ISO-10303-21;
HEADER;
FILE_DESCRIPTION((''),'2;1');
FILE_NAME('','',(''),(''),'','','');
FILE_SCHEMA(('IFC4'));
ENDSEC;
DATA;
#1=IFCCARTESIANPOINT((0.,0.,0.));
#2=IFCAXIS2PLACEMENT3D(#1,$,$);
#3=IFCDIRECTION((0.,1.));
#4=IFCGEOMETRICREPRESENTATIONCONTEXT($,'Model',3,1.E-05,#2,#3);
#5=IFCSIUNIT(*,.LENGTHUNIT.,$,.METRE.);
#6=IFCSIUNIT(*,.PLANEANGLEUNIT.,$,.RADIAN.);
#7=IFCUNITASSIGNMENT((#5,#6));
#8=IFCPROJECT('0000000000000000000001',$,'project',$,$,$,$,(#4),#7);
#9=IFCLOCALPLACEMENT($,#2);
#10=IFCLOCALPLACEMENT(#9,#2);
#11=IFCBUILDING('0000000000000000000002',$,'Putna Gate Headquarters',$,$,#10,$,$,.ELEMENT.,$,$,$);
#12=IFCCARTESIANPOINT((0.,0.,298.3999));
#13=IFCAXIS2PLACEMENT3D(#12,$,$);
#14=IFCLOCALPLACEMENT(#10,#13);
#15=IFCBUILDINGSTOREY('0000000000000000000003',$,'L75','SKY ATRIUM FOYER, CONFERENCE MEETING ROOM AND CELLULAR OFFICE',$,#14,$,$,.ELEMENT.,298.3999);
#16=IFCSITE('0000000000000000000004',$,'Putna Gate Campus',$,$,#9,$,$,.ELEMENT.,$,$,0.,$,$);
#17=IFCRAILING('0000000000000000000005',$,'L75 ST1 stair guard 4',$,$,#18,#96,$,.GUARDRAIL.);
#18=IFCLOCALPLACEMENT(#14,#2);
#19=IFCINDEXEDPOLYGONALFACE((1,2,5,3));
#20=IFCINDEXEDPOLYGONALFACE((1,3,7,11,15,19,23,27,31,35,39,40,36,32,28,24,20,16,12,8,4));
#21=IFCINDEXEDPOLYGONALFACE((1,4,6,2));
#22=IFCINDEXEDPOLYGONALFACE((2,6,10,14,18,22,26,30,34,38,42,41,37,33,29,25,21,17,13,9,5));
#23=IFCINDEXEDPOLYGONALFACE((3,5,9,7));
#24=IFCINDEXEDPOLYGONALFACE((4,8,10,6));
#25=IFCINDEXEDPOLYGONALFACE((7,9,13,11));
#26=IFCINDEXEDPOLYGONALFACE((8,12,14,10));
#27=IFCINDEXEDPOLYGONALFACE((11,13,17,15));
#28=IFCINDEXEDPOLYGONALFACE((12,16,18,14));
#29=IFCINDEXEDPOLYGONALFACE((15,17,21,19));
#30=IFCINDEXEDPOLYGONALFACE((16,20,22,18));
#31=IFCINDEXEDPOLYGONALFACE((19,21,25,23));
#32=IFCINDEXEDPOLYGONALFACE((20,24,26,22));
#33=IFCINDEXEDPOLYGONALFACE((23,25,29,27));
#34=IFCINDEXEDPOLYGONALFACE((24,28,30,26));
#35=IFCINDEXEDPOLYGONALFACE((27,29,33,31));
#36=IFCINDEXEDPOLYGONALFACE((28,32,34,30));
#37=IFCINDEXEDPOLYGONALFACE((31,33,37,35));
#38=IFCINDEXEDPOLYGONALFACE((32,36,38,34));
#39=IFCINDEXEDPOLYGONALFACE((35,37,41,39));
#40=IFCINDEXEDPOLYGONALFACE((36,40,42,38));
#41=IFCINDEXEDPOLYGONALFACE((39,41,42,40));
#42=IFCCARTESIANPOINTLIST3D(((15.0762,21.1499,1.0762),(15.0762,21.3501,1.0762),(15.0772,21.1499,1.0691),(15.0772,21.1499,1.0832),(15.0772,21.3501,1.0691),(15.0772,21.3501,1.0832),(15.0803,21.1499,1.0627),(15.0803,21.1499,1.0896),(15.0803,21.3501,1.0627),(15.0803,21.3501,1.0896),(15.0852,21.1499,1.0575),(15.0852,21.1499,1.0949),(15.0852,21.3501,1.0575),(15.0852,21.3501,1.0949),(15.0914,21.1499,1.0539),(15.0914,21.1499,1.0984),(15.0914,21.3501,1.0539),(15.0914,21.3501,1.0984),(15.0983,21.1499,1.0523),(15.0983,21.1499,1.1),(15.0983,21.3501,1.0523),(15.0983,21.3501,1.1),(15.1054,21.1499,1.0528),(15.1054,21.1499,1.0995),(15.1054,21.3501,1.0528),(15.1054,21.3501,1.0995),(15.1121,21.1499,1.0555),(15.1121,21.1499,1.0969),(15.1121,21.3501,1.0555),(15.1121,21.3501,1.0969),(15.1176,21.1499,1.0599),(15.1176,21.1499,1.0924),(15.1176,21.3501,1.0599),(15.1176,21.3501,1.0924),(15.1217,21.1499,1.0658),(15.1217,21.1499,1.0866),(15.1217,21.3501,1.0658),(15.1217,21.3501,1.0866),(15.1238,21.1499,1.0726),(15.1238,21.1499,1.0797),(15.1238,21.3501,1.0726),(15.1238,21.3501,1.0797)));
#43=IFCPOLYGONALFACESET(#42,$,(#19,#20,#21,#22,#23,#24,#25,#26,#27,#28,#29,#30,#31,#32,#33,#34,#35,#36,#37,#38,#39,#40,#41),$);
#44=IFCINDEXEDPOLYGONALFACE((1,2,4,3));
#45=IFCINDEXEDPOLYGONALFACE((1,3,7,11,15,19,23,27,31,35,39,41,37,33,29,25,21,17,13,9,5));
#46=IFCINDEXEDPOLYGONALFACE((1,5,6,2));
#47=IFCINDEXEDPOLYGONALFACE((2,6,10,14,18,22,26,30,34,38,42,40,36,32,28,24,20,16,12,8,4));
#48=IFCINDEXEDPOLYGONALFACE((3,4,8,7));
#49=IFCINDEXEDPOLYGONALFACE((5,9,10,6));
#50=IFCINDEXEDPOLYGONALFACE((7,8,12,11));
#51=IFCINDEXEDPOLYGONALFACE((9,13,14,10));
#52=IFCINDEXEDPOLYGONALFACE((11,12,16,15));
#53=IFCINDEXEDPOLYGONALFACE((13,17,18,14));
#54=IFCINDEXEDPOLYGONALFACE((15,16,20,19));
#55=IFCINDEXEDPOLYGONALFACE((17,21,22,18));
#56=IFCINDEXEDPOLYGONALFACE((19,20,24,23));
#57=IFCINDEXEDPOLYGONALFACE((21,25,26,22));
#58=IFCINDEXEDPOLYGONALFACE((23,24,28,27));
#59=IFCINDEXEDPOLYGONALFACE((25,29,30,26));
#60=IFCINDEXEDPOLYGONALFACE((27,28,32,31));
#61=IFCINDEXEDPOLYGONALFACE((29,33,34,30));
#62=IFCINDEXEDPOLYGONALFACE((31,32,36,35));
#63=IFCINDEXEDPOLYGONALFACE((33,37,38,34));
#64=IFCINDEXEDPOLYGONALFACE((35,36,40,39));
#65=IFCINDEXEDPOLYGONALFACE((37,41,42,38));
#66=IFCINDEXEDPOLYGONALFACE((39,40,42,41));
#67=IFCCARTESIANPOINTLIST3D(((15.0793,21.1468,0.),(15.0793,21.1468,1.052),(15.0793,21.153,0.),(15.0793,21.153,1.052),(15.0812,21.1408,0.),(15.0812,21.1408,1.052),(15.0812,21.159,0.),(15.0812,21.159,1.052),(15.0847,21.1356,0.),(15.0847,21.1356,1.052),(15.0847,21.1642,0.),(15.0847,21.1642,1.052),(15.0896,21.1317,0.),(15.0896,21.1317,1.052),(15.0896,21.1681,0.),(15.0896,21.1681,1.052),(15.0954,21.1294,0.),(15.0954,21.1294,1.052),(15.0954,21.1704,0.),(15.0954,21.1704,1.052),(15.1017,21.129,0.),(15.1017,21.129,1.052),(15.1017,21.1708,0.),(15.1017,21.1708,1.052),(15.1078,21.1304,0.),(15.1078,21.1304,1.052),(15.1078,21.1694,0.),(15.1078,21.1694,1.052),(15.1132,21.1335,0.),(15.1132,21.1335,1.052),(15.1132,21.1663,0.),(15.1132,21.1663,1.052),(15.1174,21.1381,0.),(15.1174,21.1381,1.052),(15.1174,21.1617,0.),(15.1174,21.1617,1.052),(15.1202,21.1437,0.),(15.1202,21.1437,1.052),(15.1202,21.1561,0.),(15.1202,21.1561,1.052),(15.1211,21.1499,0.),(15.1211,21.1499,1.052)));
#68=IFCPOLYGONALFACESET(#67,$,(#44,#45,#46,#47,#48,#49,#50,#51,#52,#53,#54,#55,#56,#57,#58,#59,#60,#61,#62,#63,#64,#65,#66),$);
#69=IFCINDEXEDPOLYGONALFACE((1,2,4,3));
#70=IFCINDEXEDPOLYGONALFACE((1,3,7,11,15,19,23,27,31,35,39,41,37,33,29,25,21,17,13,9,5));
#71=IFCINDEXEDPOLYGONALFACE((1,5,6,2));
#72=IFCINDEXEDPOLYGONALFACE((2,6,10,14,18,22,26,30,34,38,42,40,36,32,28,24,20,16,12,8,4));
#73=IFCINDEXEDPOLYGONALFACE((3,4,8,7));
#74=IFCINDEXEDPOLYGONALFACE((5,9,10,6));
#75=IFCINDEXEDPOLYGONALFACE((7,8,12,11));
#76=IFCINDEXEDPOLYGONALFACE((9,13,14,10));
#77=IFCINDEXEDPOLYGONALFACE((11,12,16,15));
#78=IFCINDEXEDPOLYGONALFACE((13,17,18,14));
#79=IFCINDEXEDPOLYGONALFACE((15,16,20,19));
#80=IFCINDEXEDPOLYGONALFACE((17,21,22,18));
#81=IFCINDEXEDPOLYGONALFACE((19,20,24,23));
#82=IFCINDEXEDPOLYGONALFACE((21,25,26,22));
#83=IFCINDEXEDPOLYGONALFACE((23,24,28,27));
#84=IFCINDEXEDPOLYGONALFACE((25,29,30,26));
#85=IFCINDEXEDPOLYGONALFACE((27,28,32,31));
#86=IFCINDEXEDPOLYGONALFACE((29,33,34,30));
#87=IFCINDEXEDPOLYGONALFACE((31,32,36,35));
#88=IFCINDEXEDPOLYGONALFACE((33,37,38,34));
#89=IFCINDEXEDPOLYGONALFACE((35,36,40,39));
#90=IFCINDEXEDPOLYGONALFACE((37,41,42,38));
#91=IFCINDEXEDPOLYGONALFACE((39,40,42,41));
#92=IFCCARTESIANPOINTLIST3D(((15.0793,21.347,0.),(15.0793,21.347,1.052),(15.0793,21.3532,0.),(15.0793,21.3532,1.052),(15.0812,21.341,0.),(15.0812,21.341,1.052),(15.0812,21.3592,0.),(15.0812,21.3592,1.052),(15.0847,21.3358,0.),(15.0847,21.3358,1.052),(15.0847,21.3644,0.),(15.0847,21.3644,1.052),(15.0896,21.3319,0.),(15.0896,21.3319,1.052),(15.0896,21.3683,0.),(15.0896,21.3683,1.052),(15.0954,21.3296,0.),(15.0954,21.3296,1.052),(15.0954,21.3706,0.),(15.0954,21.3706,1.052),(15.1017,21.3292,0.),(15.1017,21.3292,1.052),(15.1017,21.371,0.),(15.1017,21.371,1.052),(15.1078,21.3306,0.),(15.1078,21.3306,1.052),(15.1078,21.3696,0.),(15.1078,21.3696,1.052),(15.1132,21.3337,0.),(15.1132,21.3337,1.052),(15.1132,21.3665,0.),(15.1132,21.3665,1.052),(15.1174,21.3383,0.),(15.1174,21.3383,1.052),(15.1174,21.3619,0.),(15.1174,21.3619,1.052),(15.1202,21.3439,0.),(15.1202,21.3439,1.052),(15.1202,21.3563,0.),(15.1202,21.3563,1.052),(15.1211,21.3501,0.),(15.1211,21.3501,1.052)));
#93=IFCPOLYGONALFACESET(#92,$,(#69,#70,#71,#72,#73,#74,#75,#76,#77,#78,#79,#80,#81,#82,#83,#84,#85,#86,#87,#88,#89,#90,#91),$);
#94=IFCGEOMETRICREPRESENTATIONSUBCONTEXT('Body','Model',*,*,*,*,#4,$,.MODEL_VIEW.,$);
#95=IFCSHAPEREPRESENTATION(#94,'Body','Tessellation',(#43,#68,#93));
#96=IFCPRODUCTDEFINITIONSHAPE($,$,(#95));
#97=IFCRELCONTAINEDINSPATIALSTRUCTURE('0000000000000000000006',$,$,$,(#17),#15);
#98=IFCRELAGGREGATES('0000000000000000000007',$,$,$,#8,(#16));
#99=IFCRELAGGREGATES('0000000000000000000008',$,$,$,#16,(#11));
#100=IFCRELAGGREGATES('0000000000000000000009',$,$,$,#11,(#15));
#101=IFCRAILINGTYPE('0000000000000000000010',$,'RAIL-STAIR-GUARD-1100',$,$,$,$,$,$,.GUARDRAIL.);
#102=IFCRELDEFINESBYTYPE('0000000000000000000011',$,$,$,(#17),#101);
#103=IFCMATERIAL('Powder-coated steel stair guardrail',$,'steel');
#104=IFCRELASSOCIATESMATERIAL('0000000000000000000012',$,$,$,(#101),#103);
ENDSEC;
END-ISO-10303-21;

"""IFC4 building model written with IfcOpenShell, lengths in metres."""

from ifc_helpers import new_model, si_unit, direction, frame, origin, origin_2d, place, context, subcontext, project, spatial, circle, extrude, material, type_object, element, save


model = new_model("IFC4")

# Units and contexts
model_context = context("Model", 3, precision=1e-05, world=origin(), true_north=direction((0.0, 1.0)))
body_context = subcontext(model_context, "Body", "Model", "MODEL_VIEW")
ifc_project = project(units=[si_unit("LENGTHUNIT", "METRE"), si_unit("PLANEANGLEUNIT", "RADIAN")], contexts=[model_context])

# Site, building, storey
site_placement = place(None, origin())
site = spatial("IfcSite", under=ifc_project, at=site_placement, Name="Putna Gate Campus", CompositionType="ELEMENT", RefElevation=0.0)
building_placement = place(site_placement, origin())
building = spatial("IfcBuilding", under=site, at=building_placement, Name="Putna Gate Headquarters", CompositionType="ELEMENT")
storey_placement = place(building_placement, frame((0.0, 0.0, 298.3999)))
storey = spatial("IfcBuildingStorey", under=building, at=storey_placement, Name="L75", Description="SKY ATRIUM FOYER, CONFERENCE MEETING ROOM AND CELLULAR OFFICE", CompositionType="ELEMENT", Elevation=298.3999)

# Railing
ifc_material_1 = material(Name="Powder-coated steel stair guardrail", Category="steel")
railing_type_1 = type_object("IfcRailingType", Name="RAIL-STAIR-GUARD-1100", PredefinedType="GUARDRAIL", material=ifc_material_1)
railing_1_placement = place(storey_placement, frame((15.1001, 21.1499, 0.0)))
element("IfcRailing", 1, at=railing_1_placement, inside=storey, type_object=railing_type_1, Name="L75 ST1 stair guard 4", PredefinedType="GUARDRAIL", context=body_context, shape_type="SweptSolid", body=[
    extrude(circle(Radius=0.0239, at=origin_2d()), frame((0.0, 0.0, 1.0762), z_axis=(0.0, 1.0, 0.0), x_axis=(-1.0, 0.0, 0.0)), (0.0, 0.0, 1.0), 0.2002),
    extrude(circle(Radius=0.021, at=origin_2d()), origin(), (0.0, 0.0, 1.0), 1.052),
    extrude(circle(Radius=0.021, at=origin_2d()), frame((0.0, 0.2002, 0.0)), (0.0, 0.0, 1.0), 1.052),
])

save(model, "model.ifc")
